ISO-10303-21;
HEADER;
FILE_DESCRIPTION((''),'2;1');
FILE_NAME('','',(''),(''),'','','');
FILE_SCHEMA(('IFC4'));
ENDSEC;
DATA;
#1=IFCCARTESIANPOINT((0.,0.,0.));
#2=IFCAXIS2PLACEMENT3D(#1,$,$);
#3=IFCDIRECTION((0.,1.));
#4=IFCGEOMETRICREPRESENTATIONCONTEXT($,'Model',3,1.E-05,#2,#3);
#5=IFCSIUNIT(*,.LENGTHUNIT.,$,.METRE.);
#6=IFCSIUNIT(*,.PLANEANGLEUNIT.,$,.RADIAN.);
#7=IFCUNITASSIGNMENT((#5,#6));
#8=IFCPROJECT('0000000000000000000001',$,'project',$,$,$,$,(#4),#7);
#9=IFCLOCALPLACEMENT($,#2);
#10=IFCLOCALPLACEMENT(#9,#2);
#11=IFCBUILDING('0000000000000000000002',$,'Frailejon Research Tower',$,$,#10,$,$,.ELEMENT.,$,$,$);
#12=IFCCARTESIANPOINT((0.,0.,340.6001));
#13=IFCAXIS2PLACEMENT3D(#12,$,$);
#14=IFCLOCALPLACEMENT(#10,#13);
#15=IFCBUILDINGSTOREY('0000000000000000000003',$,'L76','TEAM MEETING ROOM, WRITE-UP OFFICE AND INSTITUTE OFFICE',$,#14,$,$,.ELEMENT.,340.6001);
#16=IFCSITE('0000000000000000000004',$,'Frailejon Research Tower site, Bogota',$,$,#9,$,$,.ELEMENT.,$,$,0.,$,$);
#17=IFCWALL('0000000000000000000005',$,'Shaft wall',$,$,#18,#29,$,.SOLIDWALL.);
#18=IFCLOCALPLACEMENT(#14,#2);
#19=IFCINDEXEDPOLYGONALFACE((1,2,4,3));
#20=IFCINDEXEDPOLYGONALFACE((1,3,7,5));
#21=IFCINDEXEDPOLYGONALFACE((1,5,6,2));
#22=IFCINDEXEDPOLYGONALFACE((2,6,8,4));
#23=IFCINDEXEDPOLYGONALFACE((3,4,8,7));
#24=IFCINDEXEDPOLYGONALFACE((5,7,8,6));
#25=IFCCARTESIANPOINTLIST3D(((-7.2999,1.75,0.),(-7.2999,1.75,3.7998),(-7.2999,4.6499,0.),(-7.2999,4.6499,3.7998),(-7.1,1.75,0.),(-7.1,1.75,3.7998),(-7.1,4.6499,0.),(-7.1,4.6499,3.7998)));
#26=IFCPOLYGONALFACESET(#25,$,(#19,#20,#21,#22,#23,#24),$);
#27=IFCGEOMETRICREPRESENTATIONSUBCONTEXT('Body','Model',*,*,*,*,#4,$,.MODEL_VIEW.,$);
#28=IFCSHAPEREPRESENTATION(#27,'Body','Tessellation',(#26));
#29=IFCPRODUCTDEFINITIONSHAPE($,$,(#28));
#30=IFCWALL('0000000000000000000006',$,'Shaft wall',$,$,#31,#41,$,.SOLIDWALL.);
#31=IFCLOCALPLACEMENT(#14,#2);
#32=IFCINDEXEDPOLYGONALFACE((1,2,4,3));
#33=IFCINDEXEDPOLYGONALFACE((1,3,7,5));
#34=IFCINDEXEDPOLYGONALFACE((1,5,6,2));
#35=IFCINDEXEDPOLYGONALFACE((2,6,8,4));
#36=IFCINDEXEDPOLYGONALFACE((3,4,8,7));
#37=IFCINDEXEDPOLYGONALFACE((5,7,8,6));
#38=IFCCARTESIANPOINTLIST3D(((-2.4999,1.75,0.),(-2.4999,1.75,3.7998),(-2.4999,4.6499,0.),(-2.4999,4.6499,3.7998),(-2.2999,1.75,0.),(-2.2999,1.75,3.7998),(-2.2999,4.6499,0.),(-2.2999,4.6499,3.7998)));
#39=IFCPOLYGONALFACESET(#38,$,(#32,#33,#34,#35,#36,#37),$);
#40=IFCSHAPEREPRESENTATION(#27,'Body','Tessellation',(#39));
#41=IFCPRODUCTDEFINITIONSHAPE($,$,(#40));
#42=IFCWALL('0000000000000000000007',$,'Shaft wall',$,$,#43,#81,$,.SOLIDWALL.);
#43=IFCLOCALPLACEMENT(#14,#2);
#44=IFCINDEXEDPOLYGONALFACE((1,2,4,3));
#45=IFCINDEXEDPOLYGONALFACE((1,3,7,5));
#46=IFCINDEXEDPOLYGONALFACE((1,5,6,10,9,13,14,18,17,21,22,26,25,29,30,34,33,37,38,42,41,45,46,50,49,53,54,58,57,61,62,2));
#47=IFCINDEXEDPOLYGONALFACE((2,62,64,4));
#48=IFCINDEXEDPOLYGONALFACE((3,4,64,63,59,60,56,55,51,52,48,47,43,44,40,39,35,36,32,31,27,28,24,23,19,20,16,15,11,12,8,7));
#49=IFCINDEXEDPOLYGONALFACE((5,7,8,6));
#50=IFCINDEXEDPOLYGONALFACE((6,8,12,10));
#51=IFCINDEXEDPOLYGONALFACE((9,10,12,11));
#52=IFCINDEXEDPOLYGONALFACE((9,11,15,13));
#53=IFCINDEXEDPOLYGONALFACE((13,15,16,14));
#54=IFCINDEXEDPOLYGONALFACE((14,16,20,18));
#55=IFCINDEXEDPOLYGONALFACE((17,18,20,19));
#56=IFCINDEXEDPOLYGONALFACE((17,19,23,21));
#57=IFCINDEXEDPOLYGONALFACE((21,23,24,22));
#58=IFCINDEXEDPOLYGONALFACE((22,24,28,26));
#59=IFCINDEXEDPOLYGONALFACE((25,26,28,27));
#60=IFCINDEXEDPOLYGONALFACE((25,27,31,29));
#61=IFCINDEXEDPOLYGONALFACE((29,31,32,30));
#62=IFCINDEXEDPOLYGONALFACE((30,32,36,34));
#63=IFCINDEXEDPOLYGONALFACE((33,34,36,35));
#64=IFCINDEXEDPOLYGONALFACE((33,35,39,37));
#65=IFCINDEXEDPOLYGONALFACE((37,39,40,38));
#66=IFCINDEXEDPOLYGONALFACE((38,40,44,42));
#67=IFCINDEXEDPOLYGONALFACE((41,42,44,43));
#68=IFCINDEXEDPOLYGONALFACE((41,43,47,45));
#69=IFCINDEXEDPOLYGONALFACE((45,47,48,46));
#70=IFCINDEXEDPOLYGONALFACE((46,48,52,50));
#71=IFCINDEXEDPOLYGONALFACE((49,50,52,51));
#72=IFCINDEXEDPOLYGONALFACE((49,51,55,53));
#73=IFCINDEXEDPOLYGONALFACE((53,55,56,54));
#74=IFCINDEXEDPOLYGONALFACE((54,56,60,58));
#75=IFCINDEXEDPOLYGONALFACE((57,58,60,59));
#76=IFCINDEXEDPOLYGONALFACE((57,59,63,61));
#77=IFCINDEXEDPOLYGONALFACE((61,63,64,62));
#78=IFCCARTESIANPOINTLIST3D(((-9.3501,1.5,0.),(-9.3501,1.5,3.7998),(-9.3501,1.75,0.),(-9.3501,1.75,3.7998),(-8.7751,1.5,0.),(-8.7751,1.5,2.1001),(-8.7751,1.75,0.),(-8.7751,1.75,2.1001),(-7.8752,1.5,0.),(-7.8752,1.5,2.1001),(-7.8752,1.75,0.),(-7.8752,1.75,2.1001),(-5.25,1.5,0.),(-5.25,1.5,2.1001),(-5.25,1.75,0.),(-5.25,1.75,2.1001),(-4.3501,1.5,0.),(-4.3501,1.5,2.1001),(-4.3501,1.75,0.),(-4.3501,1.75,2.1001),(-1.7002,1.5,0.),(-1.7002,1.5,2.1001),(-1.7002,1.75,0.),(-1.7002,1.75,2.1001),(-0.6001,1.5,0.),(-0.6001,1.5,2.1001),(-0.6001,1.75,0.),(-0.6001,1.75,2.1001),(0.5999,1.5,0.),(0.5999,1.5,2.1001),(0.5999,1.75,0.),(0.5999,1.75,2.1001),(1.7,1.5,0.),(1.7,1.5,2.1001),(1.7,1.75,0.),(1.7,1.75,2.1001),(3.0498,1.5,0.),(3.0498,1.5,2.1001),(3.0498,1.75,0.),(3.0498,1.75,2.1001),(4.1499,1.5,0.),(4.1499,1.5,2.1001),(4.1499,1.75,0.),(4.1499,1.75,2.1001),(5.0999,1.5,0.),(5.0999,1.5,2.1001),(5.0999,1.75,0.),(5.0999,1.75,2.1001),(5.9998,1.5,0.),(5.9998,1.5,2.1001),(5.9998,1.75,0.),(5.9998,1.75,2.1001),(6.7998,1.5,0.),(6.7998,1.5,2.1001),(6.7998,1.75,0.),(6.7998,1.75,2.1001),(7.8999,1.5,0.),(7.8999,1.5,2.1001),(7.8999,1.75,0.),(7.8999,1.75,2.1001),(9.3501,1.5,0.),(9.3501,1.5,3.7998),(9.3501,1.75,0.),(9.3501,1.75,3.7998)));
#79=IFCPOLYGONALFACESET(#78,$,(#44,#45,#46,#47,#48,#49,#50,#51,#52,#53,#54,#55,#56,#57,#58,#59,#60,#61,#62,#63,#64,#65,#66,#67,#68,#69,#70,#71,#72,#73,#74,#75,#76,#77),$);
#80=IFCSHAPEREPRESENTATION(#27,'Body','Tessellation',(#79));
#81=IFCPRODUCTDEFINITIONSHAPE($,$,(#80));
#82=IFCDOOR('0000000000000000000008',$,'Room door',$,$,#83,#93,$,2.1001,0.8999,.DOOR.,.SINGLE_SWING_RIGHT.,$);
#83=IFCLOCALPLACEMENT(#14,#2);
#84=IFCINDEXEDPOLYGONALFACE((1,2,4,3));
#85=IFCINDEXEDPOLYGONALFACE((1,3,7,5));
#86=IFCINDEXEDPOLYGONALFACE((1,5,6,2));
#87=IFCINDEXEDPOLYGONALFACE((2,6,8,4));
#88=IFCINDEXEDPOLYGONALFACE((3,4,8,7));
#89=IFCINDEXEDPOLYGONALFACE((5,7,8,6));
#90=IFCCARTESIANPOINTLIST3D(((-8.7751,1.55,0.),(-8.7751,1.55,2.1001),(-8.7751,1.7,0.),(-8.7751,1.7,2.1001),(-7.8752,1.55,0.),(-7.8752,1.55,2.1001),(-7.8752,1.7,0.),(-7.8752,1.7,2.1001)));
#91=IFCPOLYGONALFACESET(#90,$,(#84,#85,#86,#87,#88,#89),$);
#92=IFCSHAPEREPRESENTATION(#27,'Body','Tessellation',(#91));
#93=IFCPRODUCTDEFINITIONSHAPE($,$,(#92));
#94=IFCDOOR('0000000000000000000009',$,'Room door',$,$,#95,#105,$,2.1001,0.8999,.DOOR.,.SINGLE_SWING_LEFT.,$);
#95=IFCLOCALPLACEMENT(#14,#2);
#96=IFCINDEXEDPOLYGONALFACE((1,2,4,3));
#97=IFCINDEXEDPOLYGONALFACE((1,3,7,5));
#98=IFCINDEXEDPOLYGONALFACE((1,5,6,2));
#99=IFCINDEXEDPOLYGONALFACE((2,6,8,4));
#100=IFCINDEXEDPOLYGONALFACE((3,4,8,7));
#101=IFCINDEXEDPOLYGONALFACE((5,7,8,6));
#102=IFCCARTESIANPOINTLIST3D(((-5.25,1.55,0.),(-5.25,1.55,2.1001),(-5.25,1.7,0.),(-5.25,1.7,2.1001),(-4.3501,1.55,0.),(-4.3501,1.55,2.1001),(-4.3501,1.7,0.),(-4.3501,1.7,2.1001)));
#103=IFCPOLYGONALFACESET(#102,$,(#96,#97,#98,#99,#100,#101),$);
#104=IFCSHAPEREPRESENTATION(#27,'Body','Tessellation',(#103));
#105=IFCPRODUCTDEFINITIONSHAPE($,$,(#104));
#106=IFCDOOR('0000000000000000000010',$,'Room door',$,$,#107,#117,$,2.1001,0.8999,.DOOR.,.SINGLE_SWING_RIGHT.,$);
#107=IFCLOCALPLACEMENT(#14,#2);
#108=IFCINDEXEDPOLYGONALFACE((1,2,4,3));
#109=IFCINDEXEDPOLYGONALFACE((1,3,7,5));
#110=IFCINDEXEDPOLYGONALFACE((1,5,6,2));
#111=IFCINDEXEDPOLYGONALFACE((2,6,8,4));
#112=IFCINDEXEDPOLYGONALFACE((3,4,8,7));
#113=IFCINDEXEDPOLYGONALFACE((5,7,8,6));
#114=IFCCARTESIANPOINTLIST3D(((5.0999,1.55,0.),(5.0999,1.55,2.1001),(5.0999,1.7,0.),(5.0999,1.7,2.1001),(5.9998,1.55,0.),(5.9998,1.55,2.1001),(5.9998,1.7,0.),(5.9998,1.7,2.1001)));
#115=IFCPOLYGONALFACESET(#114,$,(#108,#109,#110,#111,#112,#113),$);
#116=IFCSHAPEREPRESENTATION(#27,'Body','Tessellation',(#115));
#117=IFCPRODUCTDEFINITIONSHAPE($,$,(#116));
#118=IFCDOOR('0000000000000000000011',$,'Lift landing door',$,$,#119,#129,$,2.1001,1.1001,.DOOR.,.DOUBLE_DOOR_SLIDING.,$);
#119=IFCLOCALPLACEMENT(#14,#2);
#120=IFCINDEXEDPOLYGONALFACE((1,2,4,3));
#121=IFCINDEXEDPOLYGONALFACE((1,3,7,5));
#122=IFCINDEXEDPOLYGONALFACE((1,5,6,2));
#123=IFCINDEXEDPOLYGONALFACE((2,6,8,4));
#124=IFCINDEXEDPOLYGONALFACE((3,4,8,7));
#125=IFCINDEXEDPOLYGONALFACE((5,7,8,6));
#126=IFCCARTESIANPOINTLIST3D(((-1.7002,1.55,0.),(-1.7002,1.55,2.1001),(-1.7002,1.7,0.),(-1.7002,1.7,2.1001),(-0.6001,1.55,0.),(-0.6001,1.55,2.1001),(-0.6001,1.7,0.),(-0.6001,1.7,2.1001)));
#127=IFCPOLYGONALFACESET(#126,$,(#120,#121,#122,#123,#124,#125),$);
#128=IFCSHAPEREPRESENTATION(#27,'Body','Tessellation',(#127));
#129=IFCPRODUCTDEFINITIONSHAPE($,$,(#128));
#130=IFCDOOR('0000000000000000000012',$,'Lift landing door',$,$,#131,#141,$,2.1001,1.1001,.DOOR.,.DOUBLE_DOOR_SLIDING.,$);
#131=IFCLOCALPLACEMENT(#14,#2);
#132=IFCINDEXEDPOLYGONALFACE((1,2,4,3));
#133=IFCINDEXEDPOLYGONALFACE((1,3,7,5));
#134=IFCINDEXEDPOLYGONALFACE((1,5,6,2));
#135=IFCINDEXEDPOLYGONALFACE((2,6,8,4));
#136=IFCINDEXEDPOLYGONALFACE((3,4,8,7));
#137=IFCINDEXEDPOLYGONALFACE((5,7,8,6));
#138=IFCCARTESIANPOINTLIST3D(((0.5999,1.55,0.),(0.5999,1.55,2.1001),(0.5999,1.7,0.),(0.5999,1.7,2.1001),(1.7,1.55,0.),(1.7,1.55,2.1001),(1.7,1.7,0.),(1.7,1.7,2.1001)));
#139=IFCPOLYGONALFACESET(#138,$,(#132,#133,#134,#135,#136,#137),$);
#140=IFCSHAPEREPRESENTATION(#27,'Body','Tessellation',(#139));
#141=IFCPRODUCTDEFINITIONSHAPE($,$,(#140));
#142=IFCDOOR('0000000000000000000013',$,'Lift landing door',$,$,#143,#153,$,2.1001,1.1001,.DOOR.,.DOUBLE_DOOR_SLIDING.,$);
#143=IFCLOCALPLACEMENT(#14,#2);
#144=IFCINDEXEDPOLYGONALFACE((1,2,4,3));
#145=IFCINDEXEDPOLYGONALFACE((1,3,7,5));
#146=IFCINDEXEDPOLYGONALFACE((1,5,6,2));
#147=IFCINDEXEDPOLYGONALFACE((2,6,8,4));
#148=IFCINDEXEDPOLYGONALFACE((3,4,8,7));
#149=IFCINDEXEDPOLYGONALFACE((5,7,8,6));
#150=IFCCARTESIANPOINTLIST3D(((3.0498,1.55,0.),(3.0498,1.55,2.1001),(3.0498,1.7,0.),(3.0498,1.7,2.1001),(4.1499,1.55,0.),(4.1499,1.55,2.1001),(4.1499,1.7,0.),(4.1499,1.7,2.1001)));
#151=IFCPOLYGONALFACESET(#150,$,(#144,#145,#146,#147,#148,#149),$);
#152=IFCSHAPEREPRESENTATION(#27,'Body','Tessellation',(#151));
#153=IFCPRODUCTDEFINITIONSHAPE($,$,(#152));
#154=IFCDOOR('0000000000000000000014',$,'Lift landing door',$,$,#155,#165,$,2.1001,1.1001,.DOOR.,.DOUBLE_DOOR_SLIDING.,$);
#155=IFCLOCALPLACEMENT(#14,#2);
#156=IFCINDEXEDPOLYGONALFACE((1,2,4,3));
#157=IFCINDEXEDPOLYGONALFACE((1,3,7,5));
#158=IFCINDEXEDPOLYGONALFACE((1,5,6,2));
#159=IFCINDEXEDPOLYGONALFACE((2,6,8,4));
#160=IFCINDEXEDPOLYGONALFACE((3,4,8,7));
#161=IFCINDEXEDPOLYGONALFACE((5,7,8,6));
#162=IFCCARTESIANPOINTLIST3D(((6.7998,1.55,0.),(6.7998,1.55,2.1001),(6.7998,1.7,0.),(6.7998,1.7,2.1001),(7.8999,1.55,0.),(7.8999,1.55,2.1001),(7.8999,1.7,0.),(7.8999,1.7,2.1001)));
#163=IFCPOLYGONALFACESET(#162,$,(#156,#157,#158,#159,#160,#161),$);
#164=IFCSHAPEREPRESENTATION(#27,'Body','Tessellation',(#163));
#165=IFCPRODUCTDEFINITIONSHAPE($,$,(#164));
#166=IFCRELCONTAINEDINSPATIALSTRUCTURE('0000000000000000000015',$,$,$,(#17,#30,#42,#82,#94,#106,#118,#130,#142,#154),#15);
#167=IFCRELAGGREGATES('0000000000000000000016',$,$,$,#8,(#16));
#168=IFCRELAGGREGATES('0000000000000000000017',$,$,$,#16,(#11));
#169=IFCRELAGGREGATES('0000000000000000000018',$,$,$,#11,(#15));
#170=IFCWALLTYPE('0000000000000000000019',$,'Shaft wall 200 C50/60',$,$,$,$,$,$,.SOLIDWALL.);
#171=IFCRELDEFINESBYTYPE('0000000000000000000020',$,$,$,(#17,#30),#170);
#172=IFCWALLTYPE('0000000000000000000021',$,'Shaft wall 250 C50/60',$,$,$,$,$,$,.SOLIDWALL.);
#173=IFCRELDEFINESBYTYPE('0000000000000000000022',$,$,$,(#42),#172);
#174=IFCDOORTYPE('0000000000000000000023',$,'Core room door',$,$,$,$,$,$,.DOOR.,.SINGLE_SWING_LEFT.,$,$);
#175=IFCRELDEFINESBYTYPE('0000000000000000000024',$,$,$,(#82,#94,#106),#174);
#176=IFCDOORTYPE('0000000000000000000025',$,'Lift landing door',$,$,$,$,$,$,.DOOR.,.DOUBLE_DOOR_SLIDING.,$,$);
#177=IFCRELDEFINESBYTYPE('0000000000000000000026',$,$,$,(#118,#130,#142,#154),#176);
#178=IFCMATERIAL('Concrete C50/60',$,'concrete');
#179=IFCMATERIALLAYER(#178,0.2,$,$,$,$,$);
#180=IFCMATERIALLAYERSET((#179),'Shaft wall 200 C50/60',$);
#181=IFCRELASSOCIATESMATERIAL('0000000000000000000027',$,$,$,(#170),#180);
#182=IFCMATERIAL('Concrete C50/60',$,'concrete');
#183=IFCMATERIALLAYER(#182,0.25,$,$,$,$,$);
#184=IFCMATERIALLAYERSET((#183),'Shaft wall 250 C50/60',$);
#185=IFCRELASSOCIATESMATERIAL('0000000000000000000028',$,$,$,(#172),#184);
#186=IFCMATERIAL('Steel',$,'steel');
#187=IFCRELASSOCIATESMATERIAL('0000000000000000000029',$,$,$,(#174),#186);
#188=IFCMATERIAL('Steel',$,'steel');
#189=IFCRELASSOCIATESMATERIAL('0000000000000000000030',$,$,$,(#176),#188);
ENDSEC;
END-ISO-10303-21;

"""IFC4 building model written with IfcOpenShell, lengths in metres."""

from ifc_helpers import new_model, si_unit, direction, frame, frame_2d, origin, place, context, subcontext, project, spatial, rectangle, extrude, material, layer, layer_set, type_object, element, fill, save


model = new_model("IFC4")

# Units and contexts
model_context = context("Model", 3, precision=1e-05, world=origin(), true_north=direction((0.0, 1.0)))
body_context = subcontext(model_context, "Body", "Model", "MODEL_VIEW")
ifc_project = project(units=[si_unit("LENGTHUNIT", "METRE"), si_unit("PLANEANGLEUNIT", "RADIAN")], contexts=[model_context])

# Site, building, storey
site_placement = place(None, origin())
site = spatial("IfcSite", under=ifc_project, at=site_placement, Name="Frailejon Research Tower site, Bogota", CompositionType="ELEMENT", RefElevation=0.0)
building_placement = place(site_placement, origin())
building = spatial("IfcBuilding", under=site, at=building_placement, Name="Frailejon Research Tower", CompositionType="ELEMENT")
storey_placement = place(building_placement, frame((0.0, 0.0, 340.6001)))
storey = spatial("IfcBuildingStorey", under=building, at=storey_placement, Name="L76", Description="TEAM MEETING ROOM, WRITE-UP OFFICE AND INSTITUTE OFFICE", CompositionType="ELEMENT", Elevation=340.6001)

# Walls
ifc_material_1 = material(Name="Concrete C50/60", Category="concrete")
ifc_layer_1 = layer(ifc_material_1, 0.2)
ifc_layer_set_1 = layer_set([ifc_layer_1], Name="Shaft wall 200 C50/60")
wall_type_1 = type_object("IfcWallType", Name="Shaft wall 200 C50/60", PredefinedType="SOLIDWALL", material=ifc_layer_set_1)
for number, where, z_axis, x_axis, name in (
    (1, (-7.2, 1.75, 0.0), (0.0, 0.0, 1.0), (0.0, 1.0, 0.0), "Shaft wall"),
    (2, (-2.3999, 1.75, 0.0), (0.0, 0.0, 1.0), (0.0, 1.0, 0.0), "Shaft wall"),
):
    element("IfcWall", number, at=place(storey_placement, frame(where, z_axis=z_axis, x_axis=x_axis)), inside=storey, type_object=wall_type_1, Name=name, PredefinedType="SOLIDWALL", context=body_context, shape_type="SweptSolid", body=[
        extrude(rectangle(XDim=2.8999, YDim=0.2, at=frame_2d((1.45, 0.0))), origin(), (0.0, 0.0, 1.0), 3.7998),
    ])

# Wall, openings, doors
ifc_material_2 = material(Name="Concrete C50/60", Category="concrete")
ifc_layer_2 = layer(ifc_material_2, 0.25)
ifc_layer_set_2 = layer_set([ifc_layer_2], Name="Shaft wall 250 C50/60")
wall_type_2 = type_object("IfcWallType", Name="Shaft wall 250 C50/60", PredefinedType="SOLIDWALL", material=ifc_layer_set_2)
wall_1_placement = place(storey_placement, frame((-9.3501, 1.625, 0.0), z_axis=(0.0, 0.0, 1.0), x_axis=(1.0, 0.0, 0.0)))
wall_1 = element("IfcWall", 3, at=wall_1_placement, inside=storey, type_object=wall_type_2, Name="Shaft wall", PredefinedType="SOLIDWALL", context=body_context, shape_type="SweptSolid", body=[
    extrude(rectangle(XDim=18.7002, YDim=0.25, at=frame_2d((9.3501, 0.0))), origin(), (0.0, 0.0, 1.0), 3.7998),
])
opening_1_placement = place(wall_1_placement, frame((7.6499, 0.0, 0.0)))
opening_1 = element("IfcOpeningElement", 4, at=opening_1_placement, cuts=wall_1, PredefinedType="OPENING", context=body_context, shape_type="SweptSolid", body=[
    extrude(rectangle(XDim=1.1001, YDim=2.1001, at=frame_2d((0.55, 1.05))), frame((0.0, 0.135, 0.0), z_axis=(0.0, -1.0, 0.0), x_axis=(1.0, 0.0, 0.0)), (0.0, 0.0, 1.0), 0.27),
])
opening_2_placement = place(wall_1_placement, frame((9.95, 0.0, 0.0)))
opening_2 = element("IfcOpeningElement", 5, at=opening_2_placement, cuts=wall_1, PredefinedType="OPENING", context=body_context, shape_type="SweptSolid", body=[
    extrude(rectangle(XDim=1.1001, YDim=2.1001, at=frame_2d((0.55, 1.05))), frame((0.0, 0.135, 0.0), z_axis=(0.0, -1.0, 0.0), x_axis=(1.0, 0.0, 0.0)), (0.0, 0.0, 1.0), 0.27),
])
opening_3_placement = place(wall_1_placement, frame((12.3999, 0.0, 0.0)))
opening_3 = element("IfcOpeningElement", 6, at=opening_3_placement, cuts=wall_1, PredefinedType="OPENING", context=body_context, shape_type="SweptSolid", body=[
    extrude(rectangle(XDim=1.1001, YDim=2.1001, at=frame_2d((0.55, 1.05))), frame((0.0, 0.135, 0.0), z_axis=(0.0, -1.0, 0.0), x_axis=(1.0, 0.0, 0.0)), (0.0, 0.0, 1.0), 0.27),
])
opening_4_placement = place(wall_1_placement, frame((16.1499, 0.0, 0.0)))
opening_4 = element("IfcOpeningElement", 7, at=opening_4_placement, cuts=wall_1, PredefinedType="OPENING", context=body_context, shape_type="SweptSolid", body=[
    extrude(rectangle(XDim=1.1001, YDim=2.1001, at=frame_2d((0.55, 1.05))), frame((0.0, 0.135, 0.0), z_axis=(0.0, -1.0, 0.0), x_axis=(1.0, 0.0, 0.0)), (0.0, 0.0, 1.0), 0.27),
])
opening_5_placement = place(wall_1_placement, frame((0.575, 0.0, 0.0)))
opening_5 = element("IfcOpeningElement", 8, at=opening_5_placement, cuts=wall_1, PredefinedType="OPENING", context=body_context, shape_type="SweptSolid", body=[
    extrude(rectangle(XDim=0.8999, YDim=2.1001, at=frame_2d((0.45, 1.05))), frame((0.0, 0.135, 0.0), z_axis=(0.0, -1.0, 0.0), x_axis=(1.0, 0.0, 0.0)), (0.0, 0.0, 1.0), 0.27),
])
opening_6_placement = place(wall_1_placement, frame((4.1001, 0.0, 0.0)))
opening_6 = element("IfcOpeningElement", 9, at=opening_6_placement, cuts=wall_1, PredefinedType="OPENING", context=body_context, shape_type="SweptSolid", body=[
    extrude(rectangle(XDim=0.8999, YDim=2.1001, at=frame_2d((0.45, 1.05))), frame((0.0, 0.135, 0.0), z_axis=(0.0, -1.0, 0.0), x_axis=(1.0, 0.0, 0.0)), (0.0, 0.0, 1.0), 0.27),
])
opening_7_placement = place(wall_1_placement, frame((14.45, 0.0, 0.0)))
opening_7 = element("IfcOpeningElement", 10, at=opening_7_placement, cuts=wall_1, PredefinedType="OPENING", context=body_context, shape_type="SweptSolid", body=[
    extrude(rectangle(XDim=0.8999, YDim=2.1001, at=frame_2d((0.45, 1.05))), frame((0.0, 0.135, 0.0), z_axis=(0.0, -1.0, 0.0), x_axis=(1.0, 0.0, 0.0)), (0.0, 0.0, 1.0), 0.27),
])
ifc_material_3 = material(Name="Steel", Category="steel")
door_type_1 = type_object("IfcDoorType", Name="Core room door", OperationType="SINGLE_SWING_LEFT", PredefinedType="DOOR", material=ifc_material_3)
door_1_placement = place(opening_5_placement, origin())
door_1 = element("IfcDoor", 11, at=door_1_placement, inside=storey, type_object=door_type_1, Name="Room door", OperationType="SINGLE_SWING_RIGHT", OverallHeight=2.1001, OverallWidth=0.8999, PredefinedType="DOOR", context=body_context, shape_type="SweptSolid", body=[
    extrude(rectangle(XDim=0.8999, YDim=2.1001, at=frame_2d((0.45, 1.05))), frame((0.0, 0.075, 0.0), z_axis=(0.0, -1.0, 0.0), x_axis=(1.0, 0.0, 0.0)), (0.0, 0.0, 1.0), 0.1499),
])
fill(opening_5, door_1)
door_2_placement = place(opening_6_placement, origin())
door_2 = element("IfcDoor", 12, at=door_2_placement, inside=storey, type_object=door_type_1, Name="Room door", OperationType="SINGLE_SWING_LEFT", OverallHeight=2.1001, OverallWidth=0.8999, PredefinedType="DOOR", context=body_context, shape_type="SweptSolid", body=[
    extrude(rectangle(XDim=0.8999, YDim=2.1001, at=frame_2d((0.45, 1.05))), frame((0.0, 0.075, 0.0), z_axis=(0.0, -1.0, 0.0), x_axis=(1.0, 0.0, 0.0)), (0.0, 0.0, 1.0), 0.1499),
])
fill(opening_6, door_2)
door_3_placement = place(opening_7_placement, origin())
door_3 = element("IfcDoor", 13, at=door_3_placement, inside=storey, type_object=door_type_1, Name="Room door", OperationType="SINGLE_SWING_RIGHT", OverallHeight=2.1001, OverallWidth=0.8999, PredefinedType="DOOR", context=body_context, shape_type="SweptSolid", body=[
    extrude(rectangle(XDim=0.8999, YDim=2.1001, at=frame_2d((0.45, 1.05))), frame((0.0, 0.075, 0.0), z_axis=(0.0, -1.0, 0.0), x_axis=(1.0, 0.0, 0.0)), (0.0, 0.0, 1.0), 0.1499),
])
fill(opening_7, door_3)
ifc_material_4 = material(Name="Steel", Category="steel")
door_type_2 = type_object("IfcDoorType", Name="Lift landing door", OperationType="DOUBLE_DOOR_SLIDING", PredefinedType="DOOR", material=ifc_material_4)
door_4_placement = place(opening_1_placement, origin())
door_4 = element("IfcDoor", 14, at=door_4_placement, inside=storey, type_object=door_type_2, Name="Lift landing door", OperationType="DOUBLE_DOOR_SLIDING", OverallHeight=2.1001, OverallWidth=1.1001, PredefinedType="DOOR", context=body_context, shape_type="SweptSolid", body=[
    extrude(rectangle(XDim=1.1001, YDim=2.1001, at=frame_2d((0.55, 1.05))), frame((0.0, 0.075, 0.0), z_axis=(0.0, -1.0, 0.0), x_axis=(1.0, 0.0, 0.0)), (0.0, 0.0, 1.0), 0.1499),
])
fill(opening_1, door_4)
door_5_placement = place(opening_2_placement, origin())
door_5 = element("IfcDoor", 15, at=door_5_placement, inside=storey, type_object=door_type_2, Name="Lift landing door", OperationType="DOUBLE_DOOR_SLIDING", OverallHeight=2.1001, OverallWidth=1.1001, PredefinedType="DOOR", context=body_context, shape_type="SweptSolid", body=[
    extrude(rectangle(XDim=1.1001, YDim=2.1001, at=frame_2d((0.55, 1.05))), frame((0.0, 0.075, 0.0), z_axis=(0.0, -1.0, 0.0), x_axis=(1.0, 0.0, 0.0)), (0.0, 0.0, 1.0), 0.1499),
])
fill(opening_2, door_5)
door_6_placement = place(opening_3_placement, origin())
door_6 = element("IfcDoor", 16, at=door_6_placement, inside=storey, type_object=door_type_2, Name="Lift landing door", OperationType="DOUBLE_DOOR_SLIDING", OverallHeight=2.1001, OverallWidth=1.1001, PredefinedType="DOOR", context=body_context, shape_type="SweptSolid", body=[
    extrude(rectangle(XDim=1.1001, YDim=2.1001, at=frame_2d((0.55, 1.05))), frame((0.0, 0.075, 0.0), z_axis=(0.0, -1.0, 0.0), x_axis=(1.0, 0.0, 0.0)), (0.0, 0.0, 1.0), 0.1499),
])
fill(opening_3, door_6)
door_7_placement = place(opening_4_placement, origin())
door_7 = element("IfcDoor", 17, at=door_7_placement, inside=storey, type_object=door_type_2, Name="Lift landing door", OperationType="DOUBLE_DOOR_SLIDING", OverallHeight=2.1001, OverallWidth=1.1001, PredefinedType="DOOR", context=body_context, shape_type="SweptSolid", body=[
    extrude(rectangle(XDim=1.1001, YDim=2.1001, at=frame_2d((0.55, 1.05))), frame((0.0, 0.075, 0.0), z_axis=(0.0, -1.0, 0.0), x_axis=(1.0, 0.0, 0.0)), (0.0, 0.0, 1.0), 0.1499),
])
fill(opening_4, door_7)

save(model, "model.ifc")
